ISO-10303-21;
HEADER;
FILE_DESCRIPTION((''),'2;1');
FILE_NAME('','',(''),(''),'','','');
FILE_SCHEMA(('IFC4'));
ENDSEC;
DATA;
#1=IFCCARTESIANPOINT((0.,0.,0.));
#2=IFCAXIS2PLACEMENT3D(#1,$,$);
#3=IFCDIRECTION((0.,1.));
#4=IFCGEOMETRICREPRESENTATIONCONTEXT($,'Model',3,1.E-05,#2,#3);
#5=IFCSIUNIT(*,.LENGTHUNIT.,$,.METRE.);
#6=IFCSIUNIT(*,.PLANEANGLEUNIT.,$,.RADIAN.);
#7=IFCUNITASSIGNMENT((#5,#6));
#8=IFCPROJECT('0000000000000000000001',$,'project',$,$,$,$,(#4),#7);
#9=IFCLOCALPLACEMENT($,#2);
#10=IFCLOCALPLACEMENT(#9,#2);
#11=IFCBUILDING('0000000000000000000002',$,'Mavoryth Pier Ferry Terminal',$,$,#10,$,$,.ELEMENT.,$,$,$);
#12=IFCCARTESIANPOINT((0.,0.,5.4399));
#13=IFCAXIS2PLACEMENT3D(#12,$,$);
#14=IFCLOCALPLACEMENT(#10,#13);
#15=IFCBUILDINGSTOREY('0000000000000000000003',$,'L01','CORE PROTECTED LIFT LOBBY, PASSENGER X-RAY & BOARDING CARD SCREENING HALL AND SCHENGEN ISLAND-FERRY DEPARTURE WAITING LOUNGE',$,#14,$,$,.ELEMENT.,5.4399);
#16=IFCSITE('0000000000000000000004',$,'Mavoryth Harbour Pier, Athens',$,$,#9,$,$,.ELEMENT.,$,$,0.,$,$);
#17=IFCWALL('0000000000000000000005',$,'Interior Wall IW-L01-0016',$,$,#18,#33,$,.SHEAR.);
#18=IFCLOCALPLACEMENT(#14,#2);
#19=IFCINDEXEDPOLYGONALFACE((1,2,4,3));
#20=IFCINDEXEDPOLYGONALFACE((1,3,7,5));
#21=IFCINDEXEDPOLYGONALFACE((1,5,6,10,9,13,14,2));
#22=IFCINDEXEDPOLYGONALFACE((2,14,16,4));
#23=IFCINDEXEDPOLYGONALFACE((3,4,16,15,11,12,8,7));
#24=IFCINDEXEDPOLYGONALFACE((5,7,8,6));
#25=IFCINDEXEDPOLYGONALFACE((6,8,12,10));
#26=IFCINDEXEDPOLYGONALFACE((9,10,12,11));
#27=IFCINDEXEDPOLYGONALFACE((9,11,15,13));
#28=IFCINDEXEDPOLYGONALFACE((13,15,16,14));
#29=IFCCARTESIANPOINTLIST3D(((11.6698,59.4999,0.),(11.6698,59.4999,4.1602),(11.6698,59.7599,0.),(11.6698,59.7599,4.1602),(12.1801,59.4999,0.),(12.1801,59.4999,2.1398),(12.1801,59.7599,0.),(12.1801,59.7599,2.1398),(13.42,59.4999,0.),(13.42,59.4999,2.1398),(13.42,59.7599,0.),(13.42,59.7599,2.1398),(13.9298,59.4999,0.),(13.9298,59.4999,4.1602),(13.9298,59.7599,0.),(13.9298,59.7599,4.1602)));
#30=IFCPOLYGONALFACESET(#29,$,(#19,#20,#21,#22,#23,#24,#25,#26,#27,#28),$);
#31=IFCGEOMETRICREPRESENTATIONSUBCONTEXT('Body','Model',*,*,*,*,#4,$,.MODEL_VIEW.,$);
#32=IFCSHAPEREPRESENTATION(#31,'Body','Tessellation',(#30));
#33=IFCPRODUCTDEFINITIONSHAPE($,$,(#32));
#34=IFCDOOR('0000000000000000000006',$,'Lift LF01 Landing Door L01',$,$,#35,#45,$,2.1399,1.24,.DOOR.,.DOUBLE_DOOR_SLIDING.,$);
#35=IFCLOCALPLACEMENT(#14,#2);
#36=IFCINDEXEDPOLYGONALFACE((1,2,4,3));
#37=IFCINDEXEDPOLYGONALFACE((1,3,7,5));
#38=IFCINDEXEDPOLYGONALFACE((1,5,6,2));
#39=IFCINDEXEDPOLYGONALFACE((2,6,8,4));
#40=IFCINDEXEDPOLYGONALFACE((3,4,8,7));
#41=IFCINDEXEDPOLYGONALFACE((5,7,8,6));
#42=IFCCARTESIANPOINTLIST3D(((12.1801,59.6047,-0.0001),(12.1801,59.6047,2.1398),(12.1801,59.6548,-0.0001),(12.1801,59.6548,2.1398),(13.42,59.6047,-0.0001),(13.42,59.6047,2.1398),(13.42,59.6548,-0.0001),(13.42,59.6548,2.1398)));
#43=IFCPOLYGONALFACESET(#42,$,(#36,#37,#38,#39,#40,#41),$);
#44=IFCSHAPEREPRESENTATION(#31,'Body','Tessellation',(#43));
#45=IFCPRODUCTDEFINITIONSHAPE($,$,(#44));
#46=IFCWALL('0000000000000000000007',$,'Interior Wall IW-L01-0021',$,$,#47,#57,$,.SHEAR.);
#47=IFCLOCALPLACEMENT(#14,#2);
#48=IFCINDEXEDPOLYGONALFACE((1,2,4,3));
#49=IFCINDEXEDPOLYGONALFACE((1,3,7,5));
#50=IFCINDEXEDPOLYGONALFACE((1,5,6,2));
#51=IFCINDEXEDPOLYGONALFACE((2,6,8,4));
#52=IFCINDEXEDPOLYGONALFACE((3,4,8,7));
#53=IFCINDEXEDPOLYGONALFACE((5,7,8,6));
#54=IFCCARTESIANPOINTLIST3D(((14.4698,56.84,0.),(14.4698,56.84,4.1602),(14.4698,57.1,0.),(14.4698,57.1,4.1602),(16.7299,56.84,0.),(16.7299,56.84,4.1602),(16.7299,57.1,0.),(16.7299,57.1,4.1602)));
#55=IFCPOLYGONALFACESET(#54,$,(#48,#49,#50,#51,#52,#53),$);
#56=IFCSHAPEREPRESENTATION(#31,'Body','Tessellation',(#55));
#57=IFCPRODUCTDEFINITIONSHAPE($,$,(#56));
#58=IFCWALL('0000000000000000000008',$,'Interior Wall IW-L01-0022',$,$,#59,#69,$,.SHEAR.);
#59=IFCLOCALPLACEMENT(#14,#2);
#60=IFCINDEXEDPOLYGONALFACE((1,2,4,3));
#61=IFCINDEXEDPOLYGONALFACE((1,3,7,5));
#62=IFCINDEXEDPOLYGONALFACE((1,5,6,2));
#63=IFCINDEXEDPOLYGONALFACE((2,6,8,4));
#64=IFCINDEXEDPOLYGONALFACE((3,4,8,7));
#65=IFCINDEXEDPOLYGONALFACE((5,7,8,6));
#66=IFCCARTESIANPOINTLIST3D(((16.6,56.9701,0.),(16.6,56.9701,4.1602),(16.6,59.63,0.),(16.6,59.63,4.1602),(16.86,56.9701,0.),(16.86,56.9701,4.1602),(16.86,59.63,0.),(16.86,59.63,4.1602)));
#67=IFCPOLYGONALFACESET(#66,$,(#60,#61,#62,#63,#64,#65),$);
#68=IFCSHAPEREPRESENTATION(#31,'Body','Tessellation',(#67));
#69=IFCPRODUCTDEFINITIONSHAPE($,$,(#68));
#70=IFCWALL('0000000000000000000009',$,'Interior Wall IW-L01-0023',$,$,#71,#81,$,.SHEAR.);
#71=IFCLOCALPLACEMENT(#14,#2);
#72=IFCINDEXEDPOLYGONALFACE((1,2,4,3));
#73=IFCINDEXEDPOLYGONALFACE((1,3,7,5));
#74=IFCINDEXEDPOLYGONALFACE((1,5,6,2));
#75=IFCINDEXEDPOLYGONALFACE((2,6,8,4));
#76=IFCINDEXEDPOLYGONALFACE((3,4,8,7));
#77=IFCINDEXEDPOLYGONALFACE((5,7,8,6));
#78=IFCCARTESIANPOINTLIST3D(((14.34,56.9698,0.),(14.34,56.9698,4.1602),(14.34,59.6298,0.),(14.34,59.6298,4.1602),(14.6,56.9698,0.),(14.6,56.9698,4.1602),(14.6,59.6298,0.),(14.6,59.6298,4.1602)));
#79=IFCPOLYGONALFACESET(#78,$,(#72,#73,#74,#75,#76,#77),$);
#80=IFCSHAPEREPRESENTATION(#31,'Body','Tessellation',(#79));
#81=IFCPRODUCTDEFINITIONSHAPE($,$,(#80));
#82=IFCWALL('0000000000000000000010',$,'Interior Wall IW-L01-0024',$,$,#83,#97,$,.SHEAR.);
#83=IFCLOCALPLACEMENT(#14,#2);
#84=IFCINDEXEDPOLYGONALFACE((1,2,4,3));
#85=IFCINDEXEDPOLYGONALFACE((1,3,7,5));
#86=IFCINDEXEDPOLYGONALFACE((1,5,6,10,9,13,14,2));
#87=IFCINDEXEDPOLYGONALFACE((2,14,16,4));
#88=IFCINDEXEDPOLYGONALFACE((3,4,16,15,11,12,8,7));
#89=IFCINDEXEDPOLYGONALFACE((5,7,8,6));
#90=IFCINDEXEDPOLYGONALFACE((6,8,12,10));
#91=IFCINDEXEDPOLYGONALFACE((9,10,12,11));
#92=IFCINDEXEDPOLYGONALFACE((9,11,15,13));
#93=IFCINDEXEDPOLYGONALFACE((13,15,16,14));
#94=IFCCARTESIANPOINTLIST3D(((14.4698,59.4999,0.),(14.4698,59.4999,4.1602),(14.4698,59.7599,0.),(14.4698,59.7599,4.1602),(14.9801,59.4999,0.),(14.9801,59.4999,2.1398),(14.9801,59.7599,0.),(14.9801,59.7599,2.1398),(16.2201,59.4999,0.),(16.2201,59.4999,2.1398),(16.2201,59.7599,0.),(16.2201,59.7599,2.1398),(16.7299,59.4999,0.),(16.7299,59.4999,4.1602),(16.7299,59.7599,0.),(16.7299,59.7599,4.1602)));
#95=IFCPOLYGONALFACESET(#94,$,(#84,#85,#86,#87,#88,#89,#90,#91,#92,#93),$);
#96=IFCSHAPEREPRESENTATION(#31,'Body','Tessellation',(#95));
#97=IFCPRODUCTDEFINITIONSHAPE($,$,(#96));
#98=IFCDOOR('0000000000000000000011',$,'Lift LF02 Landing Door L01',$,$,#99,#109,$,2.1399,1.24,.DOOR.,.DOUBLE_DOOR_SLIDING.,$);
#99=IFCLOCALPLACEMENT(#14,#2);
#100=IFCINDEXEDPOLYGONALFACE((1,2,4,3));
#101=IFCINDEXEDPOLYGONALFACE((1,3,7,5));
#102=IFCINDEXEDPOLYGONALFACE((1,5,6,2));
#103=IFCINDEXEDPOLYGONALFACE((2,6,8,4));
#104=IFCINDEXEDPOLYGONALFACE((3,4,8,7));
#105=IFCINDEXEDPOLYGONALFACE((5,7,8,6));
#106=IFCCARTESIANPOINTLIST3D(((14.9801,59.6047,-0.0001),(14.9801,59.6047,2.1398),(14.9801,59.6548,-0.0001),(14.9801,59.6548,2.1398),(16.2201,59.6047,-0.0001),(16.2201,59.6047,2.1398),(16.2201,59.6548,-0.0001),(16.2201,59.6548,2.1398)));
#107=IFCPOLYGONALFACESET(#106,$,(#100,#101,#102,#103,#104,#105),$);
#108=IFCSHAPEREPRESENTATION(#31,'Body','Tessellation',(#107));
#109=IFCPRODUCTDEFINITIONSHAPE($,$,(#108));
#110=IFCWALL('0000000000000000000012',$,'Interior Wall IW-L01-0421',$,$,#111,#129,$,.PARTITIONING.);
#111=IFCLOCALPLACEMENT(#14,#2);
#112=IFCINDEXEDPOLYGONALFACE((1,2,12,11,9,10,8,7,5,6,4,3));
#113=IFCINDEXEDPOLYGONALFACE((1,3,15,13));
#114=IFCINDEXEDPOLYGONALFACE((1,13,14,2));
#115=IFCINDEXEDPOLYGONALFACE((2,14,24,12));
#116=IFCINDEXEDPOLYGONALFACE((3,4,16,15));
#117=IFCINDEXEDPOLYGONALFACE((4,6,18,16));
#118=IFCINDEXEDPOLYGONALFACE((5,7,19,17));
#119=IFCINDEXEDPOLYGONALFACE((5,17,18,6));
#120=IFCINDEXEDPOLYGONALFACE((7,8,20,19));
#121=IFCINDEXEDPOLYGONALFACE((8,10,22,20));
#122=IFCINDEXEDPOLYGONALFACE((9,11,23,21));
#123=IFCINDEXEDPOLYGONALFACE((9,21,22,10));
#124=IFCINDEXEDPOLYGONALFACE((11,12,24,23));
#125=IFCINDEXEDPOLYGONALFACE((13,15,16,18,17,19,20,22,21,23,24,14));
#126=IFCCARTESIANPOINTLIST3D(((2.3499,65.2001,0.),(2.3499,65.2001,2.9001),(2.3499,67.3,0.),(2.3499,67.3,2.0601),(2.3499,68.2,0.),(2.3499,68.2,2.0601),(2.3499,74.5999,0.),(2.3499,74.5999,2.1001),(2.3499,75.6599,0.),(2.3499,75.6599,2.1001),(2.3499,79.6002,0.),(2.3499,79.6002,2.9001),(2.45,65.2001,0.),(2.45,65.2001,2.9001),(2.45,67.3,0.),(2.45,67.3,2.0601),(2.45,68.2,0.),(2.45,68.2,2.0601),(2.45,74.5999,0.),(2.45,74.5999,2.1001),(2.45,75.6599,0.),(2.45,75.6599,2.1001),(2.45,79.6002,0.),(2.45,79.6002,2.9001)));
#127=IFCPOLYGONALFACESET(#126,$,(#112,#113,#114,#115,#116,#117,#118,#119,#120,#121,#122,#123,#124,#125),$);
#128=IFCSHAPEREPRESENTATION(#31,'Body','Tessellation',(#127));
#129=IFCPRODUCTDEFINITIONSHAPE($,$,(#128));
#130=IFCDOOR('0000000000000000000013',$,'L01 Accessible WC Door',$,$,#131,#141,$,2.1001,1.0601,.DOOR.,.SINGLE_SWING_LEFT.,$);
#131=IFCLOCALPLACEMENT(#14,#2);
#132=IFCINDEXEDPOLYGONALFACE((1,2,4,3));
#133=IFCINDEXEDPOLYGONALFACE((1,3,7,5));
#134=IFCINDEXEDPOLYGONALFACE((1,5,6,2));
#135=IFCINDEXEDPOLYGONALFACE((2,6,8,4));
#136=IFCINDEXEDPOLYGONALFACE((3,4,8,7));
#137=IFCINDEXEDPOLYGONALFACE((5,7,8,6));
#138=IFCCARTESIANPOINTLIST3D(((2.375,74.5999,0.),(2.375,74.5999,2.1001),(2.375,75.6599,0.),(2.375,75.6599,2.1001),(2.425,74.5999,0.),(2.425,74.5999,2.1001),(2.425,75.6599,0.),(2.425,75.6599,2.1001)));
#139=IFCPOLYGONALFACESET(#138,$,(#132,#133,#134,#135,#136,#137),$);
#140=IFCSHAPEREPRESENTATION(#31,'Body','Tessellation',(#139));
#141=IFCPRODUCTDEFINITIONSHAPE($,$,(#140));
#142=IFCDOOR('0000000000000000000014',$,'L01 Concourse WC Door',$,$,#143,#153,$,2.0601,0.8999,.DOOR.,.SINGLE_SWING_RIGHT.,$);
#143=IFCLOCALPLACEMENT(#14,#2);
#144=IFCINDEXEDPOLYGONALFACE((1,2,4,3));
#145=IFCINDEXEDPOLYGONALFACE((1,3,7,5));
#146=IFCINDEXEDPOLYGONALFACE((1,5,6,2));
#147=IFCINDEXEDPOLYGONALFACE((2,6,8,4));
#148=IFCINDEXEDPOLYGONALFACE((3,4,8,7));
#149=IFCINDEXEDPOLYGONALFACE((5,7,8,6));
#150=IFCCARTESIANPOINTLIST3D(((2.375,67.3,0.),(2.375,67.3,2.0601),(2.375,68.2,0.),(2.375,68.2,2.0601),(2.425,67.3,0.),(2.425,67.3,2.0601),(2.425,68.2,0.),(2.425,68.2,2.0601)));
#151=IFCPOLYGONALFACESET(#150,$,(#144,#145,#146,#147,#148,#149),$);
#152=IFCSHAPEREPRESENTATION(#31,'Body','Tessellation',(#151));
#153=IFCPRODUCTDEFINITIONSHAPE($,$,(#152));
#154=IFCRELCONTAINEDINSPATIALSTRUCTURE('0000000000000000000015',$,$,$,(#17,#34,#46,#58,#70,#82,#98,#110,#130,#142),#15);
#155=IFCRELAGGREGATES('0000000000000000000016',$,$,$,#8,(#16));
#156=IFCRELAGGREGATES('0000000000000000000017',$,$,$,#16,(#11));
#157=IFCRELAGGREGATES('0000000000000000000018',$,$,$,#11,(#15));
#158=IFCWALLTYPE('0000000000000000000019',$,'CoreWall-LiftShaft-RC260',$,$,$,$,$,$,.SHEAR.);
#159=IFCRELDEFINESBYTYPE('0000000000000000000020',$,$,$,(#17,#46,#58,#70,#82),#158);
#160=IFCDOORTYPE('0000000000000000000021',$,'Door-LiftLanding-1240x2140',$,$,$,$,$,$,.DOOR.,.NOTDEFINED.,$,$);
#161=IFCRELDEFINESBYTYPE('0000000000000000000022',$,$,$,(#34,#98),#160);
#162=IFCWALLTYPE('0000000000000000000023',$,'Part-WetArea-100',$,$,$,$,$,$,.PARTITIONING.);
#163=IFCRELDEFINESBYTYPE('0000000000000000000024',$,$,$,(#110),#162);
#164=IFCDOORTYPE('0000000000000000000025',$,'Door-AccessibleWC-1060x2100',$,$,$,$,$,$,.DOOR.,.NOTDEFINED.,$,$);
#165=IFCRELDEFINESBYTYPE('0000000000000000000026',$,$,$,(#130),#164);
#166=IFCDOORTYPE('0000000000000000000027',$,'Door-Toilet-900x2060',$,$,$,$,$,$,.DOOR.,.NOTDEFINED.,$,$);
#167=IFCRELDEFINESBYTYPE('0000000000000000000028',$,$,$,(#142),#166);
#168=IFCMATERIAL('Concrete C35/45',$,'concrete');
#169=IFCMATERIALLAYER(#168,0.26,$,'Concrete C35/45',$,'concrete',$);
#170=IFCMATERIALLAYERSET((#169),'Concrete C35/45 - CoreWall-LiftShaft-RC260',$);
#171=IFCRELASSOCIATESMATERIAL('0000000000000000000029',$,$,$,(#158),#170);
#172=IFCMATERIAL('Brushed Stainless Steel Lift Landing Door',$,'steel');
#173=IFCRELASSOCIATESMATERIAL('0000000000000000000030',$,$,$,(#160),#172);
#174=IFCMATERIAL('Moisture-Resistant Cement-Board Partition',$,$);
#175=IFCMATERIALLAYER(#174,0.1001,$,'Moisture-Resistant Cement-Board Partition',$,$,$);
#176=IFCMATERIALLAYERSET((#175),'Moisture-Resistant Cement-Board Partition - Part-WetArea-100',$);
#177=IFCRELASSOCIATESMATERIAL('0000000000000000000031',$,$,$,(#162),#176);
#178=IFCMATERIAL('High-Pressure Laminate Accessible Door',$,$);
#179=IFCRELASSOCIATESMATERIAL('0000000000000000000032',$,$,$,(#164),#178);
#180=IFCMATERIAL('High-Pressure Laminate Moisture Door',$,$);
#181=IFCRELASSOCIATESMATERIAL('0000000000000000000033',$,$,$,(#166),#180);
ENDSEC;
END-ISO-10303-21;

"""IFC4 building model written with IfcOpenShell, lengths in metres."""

from ifc_helpers import new_model, si_unit, direction, frame, frame_2d, origin, place, context, subcontext, project, spatial, rectangle, extrude, material, layer, layer_set, type_object, element, fill, save


model = new_model("IFC4")

# Units and contexts
model_context = context("Model", 3, precision=1e-05, world=origin(), true_north=direction((0.0, 1.0)))
body_context = subcontext(model_context, "Body", "Model", "MODEL_VIEW")
ifc_project = project(units=[si_unit("LENGTHUNIT", "METRE"), si_unit("PLANEANGLEUNIT", "RADIAN")], contexts=[model_context])

# Site, building, storey
site_placement = place(None, origin())
site = spatial("IfcSite", under=ifc_project, at=site_placement, Name="Mavoryth Harbour Pier, Athens", CompositionType="ELEMENT", RefElevation=0.0)
building_placement = place(site_placement, origin())
building = spatial("IfcBuilding", under=site, at=building_placement, Name="Mavoryth Pier Ferry Terminal", CompositionType="ELEMENT")
storey_placement = place(building_placement, frame((0.0, 0.0, 5.4399)))
storey = spatial("IfcBuildingStorey", under=building, at=storey_placement, Name="L01", Description="CORE PROTECTED LIFT LOBBY, PASSENGER X-RAY & BOARDING CARD SCREENING HALL AND SCHENGEN ISLAND-FERRY DEPARTURE WAITING LOUNGE", CompositionType="ELEMENT", Elevation=5.4399)

# Shared definitions
ifc_material_1 = material(Name="Concrete C35/45", Category="concrete")

# Shared definitions
ifc_layer_1 = layer(ifc_material_1, 0.26, Name="Concrete C35/45", Category="concrete")
ifc_layer_set_1 = layer_set([ifc_layer_1], Name="Concrete C35/45 - CoreWall-LiftShaft-RC260")
wall_type_1 = type_object("IfcWallType", Name="CoreWall-LiftShaft-RC260", PredefinedType="SHEAR", material=ifc_layer_set_1)

# Wall, opening, door
wall_1_placement = place(storey_placement, frame((11.6699, 59.6299, 0.0), z_axis=(0.0, 0.0, 1.0), x_axis=(1.0, 0.0, 0.0)))
wall_1 = element("IfcWall", 1, at=wall_1_placement, inside=storey, type_object=wall_type_1, Name="Interior Wall IW-L01-0016", PredefinedType="SHEAR", context=body_context, shape_type="SweptSolid", body=[
    extrude(rectangle(XDim=2.26, YDim=0.26, at=frame_2d((1.1299, 0.0))), origin(), (0.0, 0.0, 1.0), 4.1602),
])
opening_1_placement = place(wall_1_placement, frame((0.51, 0.0, 0.0)))
opening_1 = element("IfcOpeningElement", 2, at=opening_1_placement, cuts=wall_1, PredefinedType="OPENING", context=body_context, shape_type="SweptSolid", body=[
    extrude(rectangle(XDim=1.24, YDim=2.1399, at=frame_2d((0.6201, 1.0698))), frame((0.0, 0.1399, 0.0), z_axis=(0.0, -1.0, 0.0), x_axis=(1.0, 0.0, 0.0)), (0.0, 0.0, 1.0), 0.28),
])
ifc_material_2 = material(Name="Brushed Stainless Steel Lift Landing Door", Category="steel")
door_type_1 = type_object("IfcDoorType", Name="Door-LiftLanding-1240x2140", OperationType="NOTDEFINED", PredefinedType="DOOR", material=ifc_material_2)
door_1_placement = place(opening_1_placement, origin())
door_1 = element("IfcDoor", 3, at=door_1_placement, inside=storey, type_object=door_type_1, Name="Lift LF01 Landing Door L01", OperationType="DOUBLE_DOOR_SLIDING", OverallHeight=2.1399, OverallWidth=1.24, PredefinedType="DOOR", context=body_context, shape_type="SweptSolid", body=[
    extrude(rectangle(XDim=1.24, YDim=2.1399, at=frame_2d((0.6201, 1.0698))), frame((0.0, 0.0249, 0.0), z_axis=(0.0, -1.0, 0.0), x_axis=(1.0, 0.0, 0.0)), (0.0, 0.0, 1.0), 0.05),
])
fill(opening_1, door_1)

# Walls
wall_2_placement = place(storey_placement, frame((14.47, 56.97, 0.0), z_axis=(0.0, 0.0, 1.0), x_axis=(1.0, 0.0, 0.0)))
element("IfcWall", 4, at=wall_2_placement, inside=storey, type_object=wall_type_1, Name="Interior Wall IW-L01-0021", PredefinedType="SHEAR", context=body_context, shape_type="SweptSolid", body=[
    extrude(rectangle(XDim=2.26, YDim=0.26, at=frame_2d((1.1299, 0.0))), origin(), (0.0, 0.0, 1.0), 4.1602),
])
for number, where, z_axis, x_axis, name in (
    (5, (16.73, 56.97, 0.0), (0.0, 0.0, 1.0), (0.0, 1.0, 0.0), "Interior Wall IW-L01-0022"),
    (6, (14.47, 59.6299, 0.0), (0.0, 0.0, 1.0), (0.0, -1.0, 0.0), "Interior Wall IW-L01-0023"),
):
    element("IfcWall", number, at=place(storey_placement, frame(where, z_axis=z_axis, x_axis=x_axis)), inside=storey, type_object=wall_type_1, Name=name, PredefinedType="SHEAR", context=body_context, shape_type="SweptSolid", body=[
        extrude(rectangle(XDim=2.6599, YDim=0.26, at=frame_2d((1.3301, 0.0))), origin(), (0.0, 0.0, 1.0), 4.1602),
    ])

# Wall, opening, door
wall_3_placement = place(storey_placement, frame((14.47, 59.6299, 0.0), z_axis=(0.0, 0.0, 1.0), x_axis=(1.0, 0.0, 0.0)))
wall_3 = element("IfcWall", 7, at=wall_3_placement, inside=storey, type_object=wall_type_1, Name="Interior Wall IW-L01-0024", PredefinedType="SHEAR", context=body_context, shape_type="SweptSolid", body=[
    extrude(rectangle(XDim=2.26, YDim=0.26, at=frame_2d((1.1299, 0.0))), origin(), (0.0, 0.0, 1.0), 4.1602),
])
opening_2_placement = place(wall_3_placement, frame((0.51, 0.0, 0.0)))
opening_2 = element("IfcOpeningElement", 8, at=opening_2_placement, cuts=wall_3, PredefinedType="OPENING", context=body_context, shape_type="SweptSolid", body=[
    extrude(rectangle(XDim=1.24, YDim=2.1399, at=frame_2d((0.6201, 1.0698))), frame((0.0, 0.1399, 0.0), z_axis=(0.0, -1.0, 0.0), x_axis=(1.0, 0.0, 0.0)), (0.0, 0.0, 1.0), 0.28),
])
door_2_placement = place(opening_2_placement, origin())
door_2 = element("IfcDoor", 9, at=door_2_placement, inside=storey, type_object=door_type_1, Name="Lift LF02 Landing Door L01", OperationType="DOUBLE_DOOR_SLIDING", OverallHeight=2.1399, OverallWidth=1.24, PredefinedType="DOOR", context=body_context, shape_type="SweptSolid", body=[
    extrude(rectangle(XDim=1.24, YDim=2.1399, at=frame_2d((0.6201, 1.0698))), frame((0.0, 0.0249, 0.0), z_axis=(0.0, -1.0, 0.0), x_axis=(1.0, 0.0, 0.0)), (0.0, 0.0, 1.0), 0.05),
])
fill(opening_2, door_2)

# Wall, openings, doors
ifc_material_3 = material(Name="Moisture-Resistant Cement-Board Partition")
ifc_layer_2 = layer(ifc_material_3, 0.1001, Name="Moisture-Resistant Cement-Board Partition")
ifc_layer_set_2 = layer_set([ifc_layer_2], Name="Moisture-Resistant Cement-Board Partition - Part-WetArea-100")
wall_type_2 = type_object("IfcWallType", Name="Part-WetArea-100", PredefinedType="PARTITIONING", material=ifc_layer_set_2)
wall_4_placement = place(storey_placement, frame((2.3999, 65.2, 0.0), z_axis=(0.0, 0.0, 1.0), x_axis=(0.0, 1.0, 0.0)))
wall_4 = element("IfcWall", 10, at=wall_4_placement, inside=storey, type_object=wall_type_2, Name="Interior Wall IW-L01-0421", PredefinedType="PARTITIONING", context=body_context, shape_type="SweptSolid", body=[
    extrude(rectangle(XDim=14.4001, YDim=0.1001, at=frame_2d((7.2002, 0.0))), origin(), (0.0, 0.0, 1.0), 2.9001),
])
opening_3_placement = place(wall_4_placement, frame((2.1001, 0.0, 0.0)))
opening_3 = element("IfcOpeningElement", 11, at=opening_3_placement, cuts=wall_4, PredefinedType="OPENING", context=body_context, shape_type="SweptSolid", body=[
    extrude(rectangle(XDim=0.8999, YDim=2.0601, at=frame_2d((0.45, 1.03))), frame((0.0, 0.0601, 0.0), z_axis=(0.0, -1.0, 0.0), x_axis=(1.0, 0.0, 0.0)), (0.0, 0.0, 1.0), 0.1201),
])
opening_4_placement = place(wall_4_placement, frame((9.3999, 0.0, 0.0)))
opening_4 = element("IfcOpeningElement", 12, at=opening_4_placement, cuts=wall_4, PredefinedType="OPENING", context=body_context, shape_type="SweptSolid", body=[
    extrude(rectangle(XDim=1.0601, YDim=2.1001, at=frame_2d((0.53, 1.05))), frame((0.0, 0.0601, 0.0), z_axis=(0.0, -1.0, 0.0), x_axis=(1.0, 0.0, 0.0)), (0.0, 0.0, 1.0), 0.1201),
])
ifc_material_4 = material(Name="High-Pressure Laminate Accessible Door")
door_type_2 = type_object("IfcDoorType", Name="Door-AccessibleWC-1060x2100", OperationType="NOTDEFINED", PredefinedType="DOOR", material=ifc_material_4)
door_3_placement = place(opening_4_placement, origin())
door_3 = element("IfcDoor", 13, at=door_3_placement, inside=storey, type_object=door_type_2, Name="L01 Accessible WC Door", OperationType="SINGLE_SWING_LEFT", OverallHeight=2.1001, OverallWidth=1.0601, PredefinedType="DOOR", context=body_context, shape_type="SweptSolid", body=[
    extrude(rectangle(XDim=1.0601, YDim=2.1001, at=frame_2d((0.53, 1.05))), frame((0.0, 0.0249, 0.0), z_axis=(0.0, -1.0, 0.0), x_axis=(1.0, 0.0, 0.0)), (0.0, 0.0, 1.0), 0.05),
])
fill(opening_4, door_3)
ifc_material_5 = material(Name="High-Pressure Laminate Moisture Door")
door_type_3 = type_object("IfcDoorType", Name="Door-Toilet-900x2060", OperationType="NOTDEFINED", PredefinedType="DOOR", material=ifc_material_5)
door_4_placement = place(opening_3_placement, origin())
door_4 = element("IfcDoor", 14, at=door_4_placement, inside=storey, type_object=door_type_3, Name="L01 Concourse WC Door", OperationType="SINGLE_SWING_RIGHT", OverallHeight=2.0601, OverallWidth=0.8999, PredefinedType="DOOR", context=body_context, shape_type="SweptSolid", body=[
    extrude(rectangle(XDim=0.8999, YDim=2.0601, at=frame_2d((0.45, 1.03))), frame((0.0, 0.0249, 0.0), z_axis=(0.0, -1.0, 0.0), x_axis=(1.0, 0.0, 0.0)), (0.0, 0.0, 1.0), 0.05),
])
fill(opening_3, door_4)

save(model, "model.ifc")
